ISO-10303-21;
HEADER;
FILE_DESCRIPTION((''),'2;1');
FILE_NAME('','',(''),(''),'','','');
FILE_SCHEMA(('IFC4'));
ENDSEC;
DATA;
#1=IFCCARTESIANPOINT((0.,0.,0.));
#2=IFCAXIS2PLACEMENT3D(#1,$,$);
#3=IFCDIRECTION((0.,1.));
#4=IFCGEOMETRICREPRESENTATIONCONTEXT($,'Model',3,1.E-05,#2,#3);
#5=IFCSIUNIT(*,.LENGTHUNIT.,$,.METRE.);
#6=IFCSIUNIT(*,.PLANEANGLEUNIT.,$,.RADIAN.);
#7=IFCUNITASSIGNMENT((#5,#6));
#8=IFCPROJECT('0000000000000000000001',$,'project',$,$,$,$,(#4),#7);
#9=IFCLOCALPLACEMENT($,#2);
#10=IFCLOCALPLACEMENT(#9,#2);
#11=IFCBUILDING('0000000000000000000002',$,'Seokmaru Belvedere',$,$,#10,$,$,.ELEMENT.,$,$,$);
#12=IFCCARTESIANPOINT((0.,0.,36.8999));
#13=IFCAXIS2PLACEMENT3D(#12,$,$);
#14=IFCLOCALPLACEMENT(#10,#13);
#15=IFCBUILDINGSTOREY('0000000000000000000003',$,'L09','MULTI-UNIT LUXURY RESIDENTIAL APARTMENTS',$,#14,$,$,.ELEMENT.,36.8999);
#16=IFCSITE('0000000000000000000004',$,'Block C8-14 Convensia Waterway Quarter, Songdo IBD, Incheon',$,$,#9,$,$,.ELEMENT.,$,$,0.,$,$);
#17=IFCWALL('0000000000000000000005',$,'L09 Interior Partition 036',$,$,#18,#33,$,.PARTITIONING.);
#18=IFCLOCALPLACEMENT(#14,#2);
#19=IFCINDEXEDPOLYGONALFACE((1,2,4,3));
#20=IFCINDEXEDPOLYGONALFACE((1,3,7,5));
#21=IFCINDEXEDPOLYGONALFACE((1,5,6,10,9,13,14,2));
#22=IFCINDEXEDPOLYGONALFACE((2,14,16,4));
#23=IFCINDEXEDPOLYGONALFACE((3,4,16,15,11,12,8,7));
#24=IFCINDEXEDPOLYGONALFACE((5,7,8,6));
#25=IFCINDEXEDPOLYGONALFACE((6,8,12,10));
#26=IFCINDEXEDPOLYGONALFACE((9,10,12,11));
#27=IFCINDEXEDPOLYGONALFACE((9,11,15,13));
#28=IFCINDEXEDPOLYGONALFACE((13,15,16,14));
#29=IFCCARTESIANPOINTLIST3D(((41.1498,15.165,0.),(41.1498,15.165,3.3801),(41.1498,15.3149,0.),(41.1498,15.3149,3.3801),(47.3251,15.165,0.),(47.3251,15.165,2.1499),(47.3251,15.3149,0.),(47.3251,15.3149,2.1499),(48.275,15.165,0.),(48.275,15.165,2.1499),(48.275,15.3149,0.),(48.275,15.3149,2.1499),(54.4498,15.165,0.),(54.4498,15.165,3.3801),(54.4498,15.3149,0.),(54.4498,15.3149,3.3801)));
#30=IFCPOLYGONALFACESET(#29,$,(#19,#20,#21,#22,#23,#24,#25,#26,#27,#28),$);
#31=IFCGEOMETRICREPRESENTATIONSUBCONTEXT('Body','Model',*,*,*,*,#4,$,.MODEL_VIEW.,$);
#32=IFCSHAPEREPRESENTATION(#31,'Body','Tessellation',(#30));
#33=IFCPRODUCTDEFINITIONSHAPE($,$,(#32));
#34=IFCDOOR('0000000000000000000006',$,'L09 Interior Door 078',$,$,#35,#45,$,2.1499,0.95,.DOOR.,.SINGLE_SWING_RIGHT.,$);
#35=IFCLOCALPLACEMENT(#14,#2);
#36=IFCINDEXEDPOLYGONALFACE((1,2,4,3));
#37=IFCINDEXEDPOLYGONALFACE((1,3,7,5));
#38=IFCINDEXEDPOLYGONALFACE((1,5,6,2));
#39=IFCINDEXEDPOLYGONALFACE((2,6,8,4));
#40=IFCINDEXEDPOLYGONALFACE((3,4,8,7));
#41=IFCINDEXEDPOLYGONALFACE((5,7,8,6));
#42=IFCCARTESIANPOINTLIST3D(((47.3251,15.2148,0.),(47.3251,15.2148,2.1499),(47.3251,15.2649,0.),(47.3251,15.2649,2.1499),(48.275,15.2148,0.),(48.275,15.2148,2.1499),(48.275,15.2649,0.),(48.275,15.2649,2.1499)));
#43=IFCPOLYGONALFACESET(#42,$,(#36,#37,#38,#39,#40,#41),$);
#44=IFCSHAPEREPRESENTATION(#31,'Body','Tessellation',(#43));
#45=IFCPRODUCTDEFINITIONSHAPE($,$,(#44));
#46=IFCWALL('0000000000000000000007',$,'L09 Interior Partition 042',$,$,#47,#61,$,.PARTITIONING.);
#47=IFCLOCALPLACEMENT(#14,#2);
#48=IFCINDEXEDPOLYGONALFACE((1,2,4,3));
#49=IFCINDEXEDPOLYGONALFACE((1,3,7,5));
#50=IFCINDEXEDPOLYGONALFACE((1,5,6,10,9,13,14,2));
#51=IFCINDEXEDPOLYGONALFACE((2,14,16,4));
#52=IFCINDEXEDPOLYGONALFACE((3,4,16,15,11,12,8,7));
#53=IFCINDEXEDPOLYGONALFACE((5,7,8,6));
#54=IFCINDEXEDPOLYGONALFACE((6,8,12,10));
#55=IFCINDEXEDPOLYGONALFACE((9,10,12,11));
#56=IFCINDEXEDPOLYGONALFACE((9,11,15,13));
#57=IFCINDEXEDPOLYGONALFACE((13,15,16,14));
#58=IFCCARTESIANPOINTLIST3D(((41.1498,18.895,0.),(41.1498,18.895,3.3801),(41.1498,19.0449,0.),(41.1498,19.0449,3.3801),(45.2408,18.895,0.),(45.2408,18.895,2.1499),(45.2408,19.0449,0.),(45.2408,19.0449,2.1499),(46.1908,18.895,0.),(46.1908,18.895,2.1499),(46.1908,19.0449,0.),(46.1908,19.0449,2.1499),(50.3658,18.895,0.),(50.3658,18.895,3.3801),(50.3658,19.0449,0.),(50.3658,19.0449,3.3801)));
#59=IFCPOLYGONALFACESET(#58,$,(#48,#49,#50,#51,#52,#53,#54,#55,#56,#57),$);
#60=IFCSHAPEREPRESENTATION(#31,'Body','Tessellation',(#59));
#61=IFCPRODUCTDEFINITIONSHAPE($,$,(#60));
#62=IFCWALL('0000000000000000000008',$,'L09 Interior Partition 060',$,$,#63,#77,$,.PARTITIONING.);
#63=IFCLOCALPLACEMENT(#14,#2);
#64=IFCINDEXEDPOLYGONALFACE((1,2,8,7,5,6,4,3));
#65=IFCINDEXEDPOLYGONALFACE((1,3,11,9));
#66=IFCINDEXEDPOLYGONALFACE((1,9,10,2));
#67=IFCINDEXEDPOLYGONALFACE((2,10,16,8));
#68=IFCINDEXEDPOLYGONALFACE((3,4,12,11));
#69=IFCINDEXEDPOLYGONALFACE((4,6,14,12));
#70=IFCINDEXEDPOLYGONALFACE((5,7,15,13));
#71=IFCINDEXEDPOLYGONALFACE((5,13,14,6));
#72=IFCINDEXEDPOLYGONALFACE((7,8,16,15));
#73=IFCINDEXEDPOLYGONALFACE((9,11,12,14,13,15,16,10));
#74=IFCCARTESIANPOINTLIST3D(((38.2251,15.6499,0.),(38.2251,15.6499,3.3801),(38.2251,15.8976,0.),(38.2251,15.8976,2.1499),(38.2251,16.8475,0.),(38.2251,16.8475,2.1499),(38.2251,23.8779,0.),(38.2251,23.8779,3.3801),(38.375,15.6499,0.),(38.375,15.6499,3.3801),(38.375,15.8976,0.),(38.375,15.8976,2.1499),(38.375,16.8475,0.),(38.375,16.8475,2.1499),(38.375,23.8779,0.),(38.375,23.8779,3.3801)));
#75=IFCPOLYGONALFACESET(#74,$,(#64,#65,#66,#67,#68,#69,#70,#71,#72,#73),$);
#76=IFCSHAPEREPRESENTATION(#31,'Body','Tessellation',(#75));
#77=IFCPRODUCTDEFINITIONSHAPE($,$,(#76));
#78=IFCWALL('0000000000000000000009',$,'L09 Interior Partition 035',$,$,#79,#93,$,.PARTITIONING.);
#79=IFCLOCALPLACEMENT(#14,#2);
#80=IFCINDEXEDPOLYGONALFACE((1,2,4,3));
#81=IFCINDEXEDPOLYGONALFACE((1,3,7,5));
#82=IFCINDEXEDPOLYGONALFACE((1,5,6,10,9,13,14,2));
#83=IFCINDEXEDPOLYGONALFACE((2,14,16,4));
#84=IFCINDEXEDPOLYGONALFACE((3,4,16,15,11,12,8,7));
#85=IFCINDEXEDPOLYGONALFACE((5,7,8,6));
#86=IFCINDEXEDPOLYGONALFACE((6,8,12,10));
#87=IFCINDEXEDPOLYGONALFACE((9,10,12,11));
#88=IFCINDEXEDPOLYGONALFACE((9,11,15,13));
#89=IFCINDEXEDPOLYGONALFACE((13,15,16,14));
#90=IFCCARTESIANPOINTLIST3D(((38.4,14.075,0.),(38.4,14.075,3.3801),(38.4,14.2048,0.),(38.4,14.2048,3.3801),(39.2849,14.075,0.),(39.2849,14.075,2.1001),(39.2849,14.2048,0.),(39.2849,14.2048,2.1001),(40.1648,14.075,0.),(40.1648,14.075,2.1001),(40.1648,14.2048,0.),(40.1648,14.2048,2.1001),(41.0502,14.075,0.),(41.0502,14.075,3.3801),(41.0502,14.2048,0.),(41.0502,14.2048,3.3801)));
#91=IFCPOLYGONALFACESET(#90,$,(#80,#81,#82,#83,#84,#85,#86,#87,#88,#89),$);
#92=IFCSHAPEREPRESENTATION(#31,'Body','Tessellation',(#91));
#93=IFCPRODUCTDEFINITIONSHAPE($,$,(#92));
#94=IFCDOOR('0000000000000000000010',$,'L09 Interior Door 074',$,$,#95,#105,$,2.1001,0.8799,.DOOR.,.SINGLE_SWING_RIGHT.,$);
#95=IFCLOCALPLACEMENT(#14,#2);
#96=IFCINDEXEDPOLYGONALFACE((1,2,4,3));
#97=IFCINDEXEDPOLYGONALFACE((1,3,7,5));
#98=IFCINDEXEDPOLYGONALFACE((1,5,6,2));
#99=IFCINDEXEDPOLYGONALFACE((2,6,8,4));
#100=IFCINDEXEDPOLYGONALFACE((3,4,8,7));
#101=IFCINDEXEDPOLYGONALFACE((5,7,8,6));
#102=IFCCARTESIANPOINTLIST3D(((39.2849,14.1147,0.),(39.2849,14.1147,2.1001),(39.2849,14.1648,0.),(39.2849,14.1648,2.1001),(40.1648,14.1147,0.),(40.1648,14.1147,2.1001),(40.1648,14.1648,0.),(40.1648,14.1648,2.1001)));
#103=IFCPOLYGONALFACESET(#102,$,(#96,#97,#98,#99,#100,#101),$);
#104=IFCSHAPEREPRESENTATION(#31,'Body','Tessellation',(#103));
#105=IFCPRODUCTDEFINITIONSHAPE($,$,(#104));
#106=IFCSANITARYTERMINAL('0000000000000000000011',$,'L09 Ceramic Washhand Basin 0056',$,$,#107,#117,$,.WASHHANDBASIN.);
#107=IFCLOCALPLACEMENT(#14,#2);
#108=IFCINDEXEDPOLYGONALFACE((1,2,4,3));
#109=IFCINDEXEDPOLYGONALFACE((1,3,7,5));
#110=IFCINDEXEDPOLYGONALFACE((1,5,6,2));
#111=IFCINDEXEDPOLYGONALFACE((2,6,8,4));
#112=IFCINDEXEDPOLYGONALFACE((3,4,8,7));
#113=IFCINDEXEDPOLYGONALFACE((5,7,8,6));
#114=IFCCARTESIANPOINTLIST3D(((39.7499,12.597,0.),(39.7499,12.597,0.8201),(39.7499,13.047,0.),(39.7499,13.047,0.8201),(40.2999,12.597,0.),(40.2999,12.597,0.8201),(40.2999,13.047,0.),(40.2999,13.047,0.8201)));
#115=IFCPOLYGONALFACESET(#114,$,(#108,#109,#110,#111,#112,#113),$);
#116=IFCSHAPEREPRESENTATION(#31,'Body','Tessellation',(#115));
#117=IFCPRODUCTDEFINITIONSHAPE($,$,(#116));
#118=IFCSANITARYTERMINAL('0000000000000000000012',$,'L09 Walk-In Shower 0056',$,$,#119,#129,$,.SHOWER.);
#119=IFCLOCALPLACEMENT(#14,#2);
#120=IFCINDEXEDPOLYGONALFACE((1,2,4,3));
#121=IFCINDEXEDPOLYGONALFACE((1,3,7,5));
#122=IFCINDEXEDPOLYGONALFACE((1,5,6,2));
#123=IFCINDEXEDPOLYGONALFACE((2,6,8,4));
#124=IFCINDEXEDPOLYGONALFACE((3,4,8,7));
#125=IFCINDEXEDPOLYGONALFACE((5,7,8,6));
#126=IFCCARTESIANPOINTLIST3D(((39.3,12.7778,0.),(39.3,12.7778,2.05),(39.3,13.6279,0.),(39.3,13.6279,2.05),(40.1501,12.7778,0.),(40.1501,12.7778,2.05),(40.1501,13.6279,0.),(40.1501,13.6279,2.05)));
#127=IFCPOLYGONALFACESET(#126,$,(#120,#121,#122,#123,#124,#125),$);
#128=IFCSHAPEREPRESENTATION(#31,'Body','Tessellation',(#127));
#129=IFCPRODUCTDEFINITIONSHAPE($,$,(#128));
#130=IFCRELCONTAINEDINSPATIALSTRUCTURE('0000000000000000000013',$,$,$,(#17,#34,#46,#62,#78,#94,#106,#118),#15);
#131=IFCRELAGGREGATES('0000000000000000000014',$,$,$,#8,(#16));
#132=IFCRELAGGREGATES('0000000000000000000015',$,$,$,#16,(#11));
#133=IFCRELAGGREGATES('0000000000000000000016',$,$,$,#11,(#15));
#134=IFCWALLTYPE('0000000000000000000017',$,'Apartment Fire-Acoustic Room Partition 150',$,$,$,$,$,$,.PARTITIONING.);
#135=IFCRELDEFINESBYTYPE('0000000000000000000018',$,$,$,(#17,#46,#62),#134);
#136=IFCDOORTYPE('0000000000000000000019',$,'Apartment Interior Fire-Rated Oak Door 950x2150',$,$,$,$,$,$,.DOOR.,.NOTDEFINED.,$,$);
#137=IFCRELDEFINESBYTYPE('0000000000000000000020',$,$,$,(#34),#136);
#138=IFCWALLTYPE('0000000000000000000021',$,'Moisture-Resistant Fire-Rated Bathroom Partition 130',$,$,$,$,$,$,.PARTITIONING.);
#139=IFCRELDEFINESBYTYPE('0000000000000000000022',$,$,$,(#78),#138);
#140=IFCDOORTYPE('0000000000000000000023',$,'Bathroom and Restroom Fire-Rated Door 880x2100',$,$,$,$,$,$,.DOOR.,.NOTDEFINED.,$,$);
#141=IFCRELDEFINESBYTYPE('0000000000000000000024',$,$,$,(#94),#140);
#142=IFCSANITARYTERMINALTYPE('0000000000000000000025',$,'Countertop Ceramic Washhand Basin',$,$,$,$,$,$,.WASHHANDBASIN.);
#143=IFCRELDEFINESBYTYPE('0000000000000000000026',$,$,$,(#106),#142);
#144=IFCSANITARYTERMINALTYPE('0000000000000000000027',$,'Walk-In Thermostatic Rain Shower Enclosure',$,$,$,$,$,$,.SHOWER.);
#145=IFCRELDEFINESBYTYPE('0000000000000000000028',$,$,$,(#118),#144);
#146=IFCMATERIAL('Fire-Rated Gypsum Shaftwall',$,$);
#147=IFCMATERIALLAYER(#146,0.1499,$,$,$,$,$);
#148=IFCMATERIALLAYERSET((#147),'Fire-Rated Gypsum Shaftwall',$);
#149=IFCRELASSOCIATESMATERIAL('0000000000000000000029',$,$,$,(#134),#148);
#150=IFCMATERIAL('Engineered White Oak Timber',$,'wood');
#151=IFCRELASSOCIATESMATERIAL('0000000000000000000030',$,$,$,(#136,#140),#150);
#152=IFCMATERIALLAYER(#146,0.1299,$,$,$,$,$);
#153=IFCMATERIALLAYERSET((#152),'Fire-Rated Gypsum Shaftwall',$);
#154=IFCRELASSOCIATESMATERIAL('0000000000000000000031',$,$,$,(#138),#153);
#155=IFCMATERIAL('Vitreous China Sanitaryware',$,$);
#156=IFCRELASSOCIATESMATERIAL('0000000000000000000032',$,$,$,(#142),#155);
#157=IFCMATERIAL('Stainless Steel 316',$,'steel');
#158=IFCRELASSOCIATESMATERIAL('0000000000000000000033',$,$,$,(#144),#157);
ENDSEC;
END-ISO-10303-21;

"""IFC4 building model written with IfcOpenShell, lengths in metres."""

from ifc_helpers import new_model, si_unit, direction, frame, frame_2d, origin, origin_2d, place, context, subcontext, project, spatial, rectangle, extrude, source, transform, mapped, material, layer, layer_set, type_object, type_shapes, element, fill, save


model = new_model("IFC4")

# Units and contexts
model_context = context("Model", 3, precision=1e-05, world=origin(), true_north=direction((0.0, 1.0)))
body_context = subcontext(model_context, "Body", "Model", "MODEL_VIEW")
ifc_project = project(units=[si_unit("LENGTHUNIT", "METRE"), si_unit("PLANEANGLEUNIT", "RADIAN")], contexts=[model_context])

# Site, building, storey
site_placement = place(None, origin())
site = spatial("IfcSite", under=ifc_project, at=site_placement, Name="Block C8-14 Convensia Waterway Quarter, Songdo IBD, Incheon", CompositionType="ELEMENT", RefElevation=0.0)
building_placement = place(site_placement, origin())
building = spatial("IfcBuilding", under=site, at=building_placement, Name="Seokmaru Belvedere", CompositionType="ELEMENT")
storey_placement = place(building_placement, frame((0.0, 0.0, 36.8999)))
storey = spatial("IfcBuildingStorey", under=building, at=storey_placement, Name="L09", Description="MULTI-UNIT LUXURY RESIDENTIAL APARTMENTS", CompositionType="ELEMENT", Elevation=36.8999)

# Wall, opening, door
ifc_material_1 = material(Name="Fire-Rated Gypsum Shaftwall")
ifc_layer_1 = layer(ifc_material_1, 0.1499)
ifc_layer_set_1 = layer_set([ifc_layer_1], Name="Fire-Rated Gypsum Shaftwall")
wall_type_1 = type_object("IfcWallType", Name="Apartment Fire-Acoustic Room Partition 150", PredefinedType="PARTITIONING", material=ifc_layer_set_1)
wall_1_placement = place(storey_placement, frame((41.1499, 15.24, 0.0), z_axis=(0.0, 0.0, 1.0), x_axis=(1.0, 0.0, 0.0)))
wall_1 = element("IfcWall", 1, at=wall_1_placement, inside=storey, type_object=wall_type_1, Name="L09 Interior Partition 036", PredefinedType="PARTITIONING", context=body_context, shape_type="SweptSolid", body=[
    extrude(rectangle(XDim=13.3, YDim=0.1499, at=frame_2d((6.6499, 0.0))), origin(), (0.0, 0.0, 1.0), 3.3801),
])
opening_1_placement = place(wall_1_placement, frame((6.175, 0.0, 0.0)))
opening_1 = element("IfcOpeningElement", 2, at=opening_1_placement, cuts=wall_1, PredefinedType="OPENING", context=body_context, shape_type="SweptSolid", body=[
    extrude(rectangle(XDim=0.95, YDim=2.1499, at=frame_2d((0.4751, 1.075))), frame((0.0, 0.085, 0.0), z_axis=(0.0, -1.0, 0.0), x_axis=(1.0, 0.0, 0.0)), (0.0, 0.0, 1.0), 0.1699),
])
ifc_material_2 = material(Name="Engineered White Oak Timber", Category="wood")
door_type_1 = type_object("IfcDoorType", Name="Apartment Interior Fire-Rated Oak Door 950x2150", OperationType="NOTDEFINED", PredefinedType="DOOR", material=ifc_material_2)
shared_shape_1 = source(origin(), body_context, "Body", "SweptSolid", [
    extrude(rectangle(XDim=0.95, YDim=2.1499, at=frame_2d((0.4751, 1.075))), frame((0.0, 0.0249, 0.0), z_axis=(0.0, -1.0, 0.0), x_axis=(1.0, 0.0, 0.0)), (0.0, 0.0, 1.0), 0.05),
])
type_shapes(door_type_1, [shared_shape_1])
door_1_placement = place(opening_1_placement, origin())
door_1 = element("IfcDoor", 3, at=door_1_placement, inside=storey, type_object=door_type_1, Name="L09 Interior Door 078", OperationType="SINGLE_SWING_RIGHT", OverallHeight=2.1499, OverallWidth=0.95, PredefinedType="DOOR", context=body_context, shape_type="MappedRepresentation", body=[
    mapped(shared_shape_1, transform((0.0, 0.0, 0.0), scale=1.0)),
])
fill(opening_1, door_1)

# Walls, openings
wall_2_placement = place(storey_placement, frame((41.1499, 18.97, 0.0), z_axis=(0.0, 0.0, 1.0), x_axis=(1.0, 0.0, 0.0)))
wall_2 = element("IfcWall", 4, at=wall_2_placement, inside=storey, type_object=wall_type_1, Name="L09 Interior Partition 042", PredefinedType="PARTITIONING", context=body_context, shape_type="SweptSolid", body=[
    extrude(rectangle(XDim=9.2161, YDim=0.1499, at=frame_2d((4.6079, 0.0))), origin(), (0.0, 0.0, 1.0), 3.3801),
])
opening_2_placement = place(wall_2_placement, frame((4.0908, 0.0, 0.0)))
element("IfcOpeningElement", 5, at=opening_2_placement, cuts=wall_2, PredefinedType="OPENING", context=body_context, shape_type="SweptSolid", body=[
    extrude(rectangle(XDim=0.95, YDim=2.1499, at=frame_2d((0.4751, 1.075))), frame((0.0, 0.085, 0.0), z_axis=(0.0, -1.0, 0.0), x_axis=(1.0, 0.0, 0.0)), (0.0, 0.0, 1.0), 0.1699),
])
wall_3_placement = place(storey_placement, frame((38.3, 15.6499, 0.0), z_axis=(0.0, 0.0, 1.0), x_axis=(0.0, 1.0, 0.0)))
wall_3 = element("IfcWall", 6, at=wall_3_placement, inside=storey, type_object=wall_type_1, Name="L09 Interior Partition 060", PredefinedType="PARTITIONING", context=body_context, shape_type="SweptSolid", body=[
    extrude(rectangle(XDim=8.228, YDim=0.1499, at=frame_2d((4.114, 0.0))), origin(), (0.0, 0.0, 1.0), 3.3801),
])
opening_3_placement = place(wall_3_placement, frame((0.2476, 0.0, 0.0)))
element("IfcOpeningElement", 7, at=opening_3_placement, cuts=wall_3, PredefinedType="OPENING", context=body_context, shape_type="SweptSolid", body=[
    extrude(rectangle(XDim=0.95, YDim=2.1499, at=frame_2d((0.4751, 1.075))), frame((0.0, 0.085, 0.0), z_axis=(0.0, -1.0, 0.0), x_axis=(1.0, 0.0, 0.0)), (0.0, 0.0, 1.0), 0.1699),
])

# Wall, opening, door
ifc_layer_2 = layer(ifc_material_1, 0.1299)
ifc_layer_set_2 = layer_set([ifc_layer_2], Name="Fire-Rated Gypsum Shaftwall")
wall_type_2 = type_object("IfcWallType", Name="Moisture-Resistant Fire-Rated Bathroom Partition 130", PredefinedType="PARTITIONING", material=ifc_layer_set_2)
wall_4_placement = place(storey_placement, frame((38.3999, 14.1399, 0.0), z_axis=(0.0, 0.0, 1.0), x_axis=(1.0, 0.0, 0.0)))
wall_4 = element("IfcWall", 8, at=wall_4_placement, inside=storey, type_object=wall_type_2, Name="L09 Interior Partition 035", PredefinedType="PARTITIONING", context=body_context, shape_type="SweptSolid", body=[
    extrude(rectangle(XDim=2.6501, YDim=0.1299, at=frame_2d((1.3252, 0.0))), origin(), (0.0, 0.0, 1.0), 3.3801),
])
opening_4_placement = place(wall_4_placement, frame((0.885, 0.0, 0.0)))
opening_4 = element("IfcOpeningElement", 9, at=opening_4_placement, cuts=wall_4, PredefinedType="OPENING", context=body_context, shape_type="SweptSolid", body=[
    extrude(rectangle(XDim=0.8799, YDim=2.1001, at=frame_2d((0.4399, 1.05))), frame((0.0, 0.075, 0.0), z_axis=(0.0, -1.0, 0.0), x_axis=(1.0, 0.0, 0.0)), (0.0, 0.0, 1.0), 0.1499),
])
door_type_2 = type_object("IfcDoorType", Name="Bathroom and Restroom Fire-Rated Door 880x2100", OperationType="NOTDEFINED", PredefinedType="DOOR", material=ifc_material_2)
shared_shape_2 = source(origin(), body_context, "Body", "SweptSolid", [
    extrude(rectangle(XDim=0.8799, YDim=2.1001, at=frame_2d((0.4399, 1.05))), frame((0.0, 0.0249, 0.0), z_axis=(0.0, -1.0, 0.0), x_axis=(1.0, 0.0, 0.0)), (0.0, 0.0, 1.0), 0.05),
])
type_shapes(door_type_2, [shared_shape_2])
door_2_placement = place(opening_4_placement, origin())
door_2 = element("IfcDoor", 10, at=door_2_placement, inside=storey, type_object=door_type_2, Name="L09 Interior Door 074", OperationType="SINGLE_SWING_RIGHT", OverallHeight=2.1001, OverallWidth=0.8799, PredefinedType="DOOR", context=body_context, shape_type="MappedRepresentation", body=[
    mapped(shared_shape_2, transform((0.0, 0.0, 0.0), scale=1.0)),
])
fill(opening_4, door_2)

# Sanitary terminals
ifc_material_3 = material(Name="Vitreous China Sanitaryware")
sanitary_terminal_type_1 = type_object("IfcSanitaryTerminalType", Name="Countertop Ceramic Washhand Basin", PredefinedType="WASHHANDBASIN", material=ifc_material_3)
shared_shape_3 = source(origin(), body_context, "Body", "SweptSolid", [
    extrude(rectangle(XDim=0.55, YDim=0.45, at=origin_2d()), origin(), (0.0, 0.0, 1.0), 0.8201),
])
type_shapes(sanitary_terminal_type_1, [shared_shape_3])
sanitary_terminal_1_placement = place(storey_placement, frame((40.0249, 12.822, 0.0), z_axis=(0.0, 0.0, 1.0), x_axis=(1.0, 0.0, 0.0)))
element("IfcSanitaryTerminal", 11, at=sanitary_terminal_1_placement, inside=storey, type_object=sanitary_terminal_type_1, Name="L09 Ceramic Washhand Basin 0056", PredefinedType="WASHHANDBASIN", context=body_context, shape_type="MappedRepresentation", body=[
    mapped(shared_shape_3, transform((0.0, 0.0, 0.0), scale=1.0)),
])
ifc_material_4 = material(Name="Stainless Steel 316", Category="steel")
sanitary_terminal_type_2 = type_object("IfcSanitaryTerminalType", Name="Walk-In Thermostatic Rain Shower Enclosure", PredefinedType="SHOWER", material=ifc_material_4)
shared_shape_4 = source(origin(), body_context, "Body", "SweptSolid", [
    extrude(rectangle(XDim=0.8501, YDim=0.8501, at=origin_2d()), origin(), (0.0, 0.0, 1.0), 2.05),
])
type_shapes(sanitary_terminal_type_2, [shared_shape_4])
sanitary_terminal_2_placement = place(storey_placement, frame((39.7251, 13.2029, 0.0), z_axis=(0.0, 0.0, 1.0), x_axis=(1.0, 0.0, 0.0)))
element("IfcSanitaryTerminal", 12, at=sanitary_terminal_2_placement, inside=storey, type_object=sanitary_terminal_type_2, Name="L09 Walk-In Shower 0056", PredefinedType="SHOWER", context=body_context, shape_type="MappedRepresentation", body=[
    mapped(shared_shape_4, transform((0.0, 0.0, 0.0), scale=1.0)),
])

save(model, "model.ifc")
